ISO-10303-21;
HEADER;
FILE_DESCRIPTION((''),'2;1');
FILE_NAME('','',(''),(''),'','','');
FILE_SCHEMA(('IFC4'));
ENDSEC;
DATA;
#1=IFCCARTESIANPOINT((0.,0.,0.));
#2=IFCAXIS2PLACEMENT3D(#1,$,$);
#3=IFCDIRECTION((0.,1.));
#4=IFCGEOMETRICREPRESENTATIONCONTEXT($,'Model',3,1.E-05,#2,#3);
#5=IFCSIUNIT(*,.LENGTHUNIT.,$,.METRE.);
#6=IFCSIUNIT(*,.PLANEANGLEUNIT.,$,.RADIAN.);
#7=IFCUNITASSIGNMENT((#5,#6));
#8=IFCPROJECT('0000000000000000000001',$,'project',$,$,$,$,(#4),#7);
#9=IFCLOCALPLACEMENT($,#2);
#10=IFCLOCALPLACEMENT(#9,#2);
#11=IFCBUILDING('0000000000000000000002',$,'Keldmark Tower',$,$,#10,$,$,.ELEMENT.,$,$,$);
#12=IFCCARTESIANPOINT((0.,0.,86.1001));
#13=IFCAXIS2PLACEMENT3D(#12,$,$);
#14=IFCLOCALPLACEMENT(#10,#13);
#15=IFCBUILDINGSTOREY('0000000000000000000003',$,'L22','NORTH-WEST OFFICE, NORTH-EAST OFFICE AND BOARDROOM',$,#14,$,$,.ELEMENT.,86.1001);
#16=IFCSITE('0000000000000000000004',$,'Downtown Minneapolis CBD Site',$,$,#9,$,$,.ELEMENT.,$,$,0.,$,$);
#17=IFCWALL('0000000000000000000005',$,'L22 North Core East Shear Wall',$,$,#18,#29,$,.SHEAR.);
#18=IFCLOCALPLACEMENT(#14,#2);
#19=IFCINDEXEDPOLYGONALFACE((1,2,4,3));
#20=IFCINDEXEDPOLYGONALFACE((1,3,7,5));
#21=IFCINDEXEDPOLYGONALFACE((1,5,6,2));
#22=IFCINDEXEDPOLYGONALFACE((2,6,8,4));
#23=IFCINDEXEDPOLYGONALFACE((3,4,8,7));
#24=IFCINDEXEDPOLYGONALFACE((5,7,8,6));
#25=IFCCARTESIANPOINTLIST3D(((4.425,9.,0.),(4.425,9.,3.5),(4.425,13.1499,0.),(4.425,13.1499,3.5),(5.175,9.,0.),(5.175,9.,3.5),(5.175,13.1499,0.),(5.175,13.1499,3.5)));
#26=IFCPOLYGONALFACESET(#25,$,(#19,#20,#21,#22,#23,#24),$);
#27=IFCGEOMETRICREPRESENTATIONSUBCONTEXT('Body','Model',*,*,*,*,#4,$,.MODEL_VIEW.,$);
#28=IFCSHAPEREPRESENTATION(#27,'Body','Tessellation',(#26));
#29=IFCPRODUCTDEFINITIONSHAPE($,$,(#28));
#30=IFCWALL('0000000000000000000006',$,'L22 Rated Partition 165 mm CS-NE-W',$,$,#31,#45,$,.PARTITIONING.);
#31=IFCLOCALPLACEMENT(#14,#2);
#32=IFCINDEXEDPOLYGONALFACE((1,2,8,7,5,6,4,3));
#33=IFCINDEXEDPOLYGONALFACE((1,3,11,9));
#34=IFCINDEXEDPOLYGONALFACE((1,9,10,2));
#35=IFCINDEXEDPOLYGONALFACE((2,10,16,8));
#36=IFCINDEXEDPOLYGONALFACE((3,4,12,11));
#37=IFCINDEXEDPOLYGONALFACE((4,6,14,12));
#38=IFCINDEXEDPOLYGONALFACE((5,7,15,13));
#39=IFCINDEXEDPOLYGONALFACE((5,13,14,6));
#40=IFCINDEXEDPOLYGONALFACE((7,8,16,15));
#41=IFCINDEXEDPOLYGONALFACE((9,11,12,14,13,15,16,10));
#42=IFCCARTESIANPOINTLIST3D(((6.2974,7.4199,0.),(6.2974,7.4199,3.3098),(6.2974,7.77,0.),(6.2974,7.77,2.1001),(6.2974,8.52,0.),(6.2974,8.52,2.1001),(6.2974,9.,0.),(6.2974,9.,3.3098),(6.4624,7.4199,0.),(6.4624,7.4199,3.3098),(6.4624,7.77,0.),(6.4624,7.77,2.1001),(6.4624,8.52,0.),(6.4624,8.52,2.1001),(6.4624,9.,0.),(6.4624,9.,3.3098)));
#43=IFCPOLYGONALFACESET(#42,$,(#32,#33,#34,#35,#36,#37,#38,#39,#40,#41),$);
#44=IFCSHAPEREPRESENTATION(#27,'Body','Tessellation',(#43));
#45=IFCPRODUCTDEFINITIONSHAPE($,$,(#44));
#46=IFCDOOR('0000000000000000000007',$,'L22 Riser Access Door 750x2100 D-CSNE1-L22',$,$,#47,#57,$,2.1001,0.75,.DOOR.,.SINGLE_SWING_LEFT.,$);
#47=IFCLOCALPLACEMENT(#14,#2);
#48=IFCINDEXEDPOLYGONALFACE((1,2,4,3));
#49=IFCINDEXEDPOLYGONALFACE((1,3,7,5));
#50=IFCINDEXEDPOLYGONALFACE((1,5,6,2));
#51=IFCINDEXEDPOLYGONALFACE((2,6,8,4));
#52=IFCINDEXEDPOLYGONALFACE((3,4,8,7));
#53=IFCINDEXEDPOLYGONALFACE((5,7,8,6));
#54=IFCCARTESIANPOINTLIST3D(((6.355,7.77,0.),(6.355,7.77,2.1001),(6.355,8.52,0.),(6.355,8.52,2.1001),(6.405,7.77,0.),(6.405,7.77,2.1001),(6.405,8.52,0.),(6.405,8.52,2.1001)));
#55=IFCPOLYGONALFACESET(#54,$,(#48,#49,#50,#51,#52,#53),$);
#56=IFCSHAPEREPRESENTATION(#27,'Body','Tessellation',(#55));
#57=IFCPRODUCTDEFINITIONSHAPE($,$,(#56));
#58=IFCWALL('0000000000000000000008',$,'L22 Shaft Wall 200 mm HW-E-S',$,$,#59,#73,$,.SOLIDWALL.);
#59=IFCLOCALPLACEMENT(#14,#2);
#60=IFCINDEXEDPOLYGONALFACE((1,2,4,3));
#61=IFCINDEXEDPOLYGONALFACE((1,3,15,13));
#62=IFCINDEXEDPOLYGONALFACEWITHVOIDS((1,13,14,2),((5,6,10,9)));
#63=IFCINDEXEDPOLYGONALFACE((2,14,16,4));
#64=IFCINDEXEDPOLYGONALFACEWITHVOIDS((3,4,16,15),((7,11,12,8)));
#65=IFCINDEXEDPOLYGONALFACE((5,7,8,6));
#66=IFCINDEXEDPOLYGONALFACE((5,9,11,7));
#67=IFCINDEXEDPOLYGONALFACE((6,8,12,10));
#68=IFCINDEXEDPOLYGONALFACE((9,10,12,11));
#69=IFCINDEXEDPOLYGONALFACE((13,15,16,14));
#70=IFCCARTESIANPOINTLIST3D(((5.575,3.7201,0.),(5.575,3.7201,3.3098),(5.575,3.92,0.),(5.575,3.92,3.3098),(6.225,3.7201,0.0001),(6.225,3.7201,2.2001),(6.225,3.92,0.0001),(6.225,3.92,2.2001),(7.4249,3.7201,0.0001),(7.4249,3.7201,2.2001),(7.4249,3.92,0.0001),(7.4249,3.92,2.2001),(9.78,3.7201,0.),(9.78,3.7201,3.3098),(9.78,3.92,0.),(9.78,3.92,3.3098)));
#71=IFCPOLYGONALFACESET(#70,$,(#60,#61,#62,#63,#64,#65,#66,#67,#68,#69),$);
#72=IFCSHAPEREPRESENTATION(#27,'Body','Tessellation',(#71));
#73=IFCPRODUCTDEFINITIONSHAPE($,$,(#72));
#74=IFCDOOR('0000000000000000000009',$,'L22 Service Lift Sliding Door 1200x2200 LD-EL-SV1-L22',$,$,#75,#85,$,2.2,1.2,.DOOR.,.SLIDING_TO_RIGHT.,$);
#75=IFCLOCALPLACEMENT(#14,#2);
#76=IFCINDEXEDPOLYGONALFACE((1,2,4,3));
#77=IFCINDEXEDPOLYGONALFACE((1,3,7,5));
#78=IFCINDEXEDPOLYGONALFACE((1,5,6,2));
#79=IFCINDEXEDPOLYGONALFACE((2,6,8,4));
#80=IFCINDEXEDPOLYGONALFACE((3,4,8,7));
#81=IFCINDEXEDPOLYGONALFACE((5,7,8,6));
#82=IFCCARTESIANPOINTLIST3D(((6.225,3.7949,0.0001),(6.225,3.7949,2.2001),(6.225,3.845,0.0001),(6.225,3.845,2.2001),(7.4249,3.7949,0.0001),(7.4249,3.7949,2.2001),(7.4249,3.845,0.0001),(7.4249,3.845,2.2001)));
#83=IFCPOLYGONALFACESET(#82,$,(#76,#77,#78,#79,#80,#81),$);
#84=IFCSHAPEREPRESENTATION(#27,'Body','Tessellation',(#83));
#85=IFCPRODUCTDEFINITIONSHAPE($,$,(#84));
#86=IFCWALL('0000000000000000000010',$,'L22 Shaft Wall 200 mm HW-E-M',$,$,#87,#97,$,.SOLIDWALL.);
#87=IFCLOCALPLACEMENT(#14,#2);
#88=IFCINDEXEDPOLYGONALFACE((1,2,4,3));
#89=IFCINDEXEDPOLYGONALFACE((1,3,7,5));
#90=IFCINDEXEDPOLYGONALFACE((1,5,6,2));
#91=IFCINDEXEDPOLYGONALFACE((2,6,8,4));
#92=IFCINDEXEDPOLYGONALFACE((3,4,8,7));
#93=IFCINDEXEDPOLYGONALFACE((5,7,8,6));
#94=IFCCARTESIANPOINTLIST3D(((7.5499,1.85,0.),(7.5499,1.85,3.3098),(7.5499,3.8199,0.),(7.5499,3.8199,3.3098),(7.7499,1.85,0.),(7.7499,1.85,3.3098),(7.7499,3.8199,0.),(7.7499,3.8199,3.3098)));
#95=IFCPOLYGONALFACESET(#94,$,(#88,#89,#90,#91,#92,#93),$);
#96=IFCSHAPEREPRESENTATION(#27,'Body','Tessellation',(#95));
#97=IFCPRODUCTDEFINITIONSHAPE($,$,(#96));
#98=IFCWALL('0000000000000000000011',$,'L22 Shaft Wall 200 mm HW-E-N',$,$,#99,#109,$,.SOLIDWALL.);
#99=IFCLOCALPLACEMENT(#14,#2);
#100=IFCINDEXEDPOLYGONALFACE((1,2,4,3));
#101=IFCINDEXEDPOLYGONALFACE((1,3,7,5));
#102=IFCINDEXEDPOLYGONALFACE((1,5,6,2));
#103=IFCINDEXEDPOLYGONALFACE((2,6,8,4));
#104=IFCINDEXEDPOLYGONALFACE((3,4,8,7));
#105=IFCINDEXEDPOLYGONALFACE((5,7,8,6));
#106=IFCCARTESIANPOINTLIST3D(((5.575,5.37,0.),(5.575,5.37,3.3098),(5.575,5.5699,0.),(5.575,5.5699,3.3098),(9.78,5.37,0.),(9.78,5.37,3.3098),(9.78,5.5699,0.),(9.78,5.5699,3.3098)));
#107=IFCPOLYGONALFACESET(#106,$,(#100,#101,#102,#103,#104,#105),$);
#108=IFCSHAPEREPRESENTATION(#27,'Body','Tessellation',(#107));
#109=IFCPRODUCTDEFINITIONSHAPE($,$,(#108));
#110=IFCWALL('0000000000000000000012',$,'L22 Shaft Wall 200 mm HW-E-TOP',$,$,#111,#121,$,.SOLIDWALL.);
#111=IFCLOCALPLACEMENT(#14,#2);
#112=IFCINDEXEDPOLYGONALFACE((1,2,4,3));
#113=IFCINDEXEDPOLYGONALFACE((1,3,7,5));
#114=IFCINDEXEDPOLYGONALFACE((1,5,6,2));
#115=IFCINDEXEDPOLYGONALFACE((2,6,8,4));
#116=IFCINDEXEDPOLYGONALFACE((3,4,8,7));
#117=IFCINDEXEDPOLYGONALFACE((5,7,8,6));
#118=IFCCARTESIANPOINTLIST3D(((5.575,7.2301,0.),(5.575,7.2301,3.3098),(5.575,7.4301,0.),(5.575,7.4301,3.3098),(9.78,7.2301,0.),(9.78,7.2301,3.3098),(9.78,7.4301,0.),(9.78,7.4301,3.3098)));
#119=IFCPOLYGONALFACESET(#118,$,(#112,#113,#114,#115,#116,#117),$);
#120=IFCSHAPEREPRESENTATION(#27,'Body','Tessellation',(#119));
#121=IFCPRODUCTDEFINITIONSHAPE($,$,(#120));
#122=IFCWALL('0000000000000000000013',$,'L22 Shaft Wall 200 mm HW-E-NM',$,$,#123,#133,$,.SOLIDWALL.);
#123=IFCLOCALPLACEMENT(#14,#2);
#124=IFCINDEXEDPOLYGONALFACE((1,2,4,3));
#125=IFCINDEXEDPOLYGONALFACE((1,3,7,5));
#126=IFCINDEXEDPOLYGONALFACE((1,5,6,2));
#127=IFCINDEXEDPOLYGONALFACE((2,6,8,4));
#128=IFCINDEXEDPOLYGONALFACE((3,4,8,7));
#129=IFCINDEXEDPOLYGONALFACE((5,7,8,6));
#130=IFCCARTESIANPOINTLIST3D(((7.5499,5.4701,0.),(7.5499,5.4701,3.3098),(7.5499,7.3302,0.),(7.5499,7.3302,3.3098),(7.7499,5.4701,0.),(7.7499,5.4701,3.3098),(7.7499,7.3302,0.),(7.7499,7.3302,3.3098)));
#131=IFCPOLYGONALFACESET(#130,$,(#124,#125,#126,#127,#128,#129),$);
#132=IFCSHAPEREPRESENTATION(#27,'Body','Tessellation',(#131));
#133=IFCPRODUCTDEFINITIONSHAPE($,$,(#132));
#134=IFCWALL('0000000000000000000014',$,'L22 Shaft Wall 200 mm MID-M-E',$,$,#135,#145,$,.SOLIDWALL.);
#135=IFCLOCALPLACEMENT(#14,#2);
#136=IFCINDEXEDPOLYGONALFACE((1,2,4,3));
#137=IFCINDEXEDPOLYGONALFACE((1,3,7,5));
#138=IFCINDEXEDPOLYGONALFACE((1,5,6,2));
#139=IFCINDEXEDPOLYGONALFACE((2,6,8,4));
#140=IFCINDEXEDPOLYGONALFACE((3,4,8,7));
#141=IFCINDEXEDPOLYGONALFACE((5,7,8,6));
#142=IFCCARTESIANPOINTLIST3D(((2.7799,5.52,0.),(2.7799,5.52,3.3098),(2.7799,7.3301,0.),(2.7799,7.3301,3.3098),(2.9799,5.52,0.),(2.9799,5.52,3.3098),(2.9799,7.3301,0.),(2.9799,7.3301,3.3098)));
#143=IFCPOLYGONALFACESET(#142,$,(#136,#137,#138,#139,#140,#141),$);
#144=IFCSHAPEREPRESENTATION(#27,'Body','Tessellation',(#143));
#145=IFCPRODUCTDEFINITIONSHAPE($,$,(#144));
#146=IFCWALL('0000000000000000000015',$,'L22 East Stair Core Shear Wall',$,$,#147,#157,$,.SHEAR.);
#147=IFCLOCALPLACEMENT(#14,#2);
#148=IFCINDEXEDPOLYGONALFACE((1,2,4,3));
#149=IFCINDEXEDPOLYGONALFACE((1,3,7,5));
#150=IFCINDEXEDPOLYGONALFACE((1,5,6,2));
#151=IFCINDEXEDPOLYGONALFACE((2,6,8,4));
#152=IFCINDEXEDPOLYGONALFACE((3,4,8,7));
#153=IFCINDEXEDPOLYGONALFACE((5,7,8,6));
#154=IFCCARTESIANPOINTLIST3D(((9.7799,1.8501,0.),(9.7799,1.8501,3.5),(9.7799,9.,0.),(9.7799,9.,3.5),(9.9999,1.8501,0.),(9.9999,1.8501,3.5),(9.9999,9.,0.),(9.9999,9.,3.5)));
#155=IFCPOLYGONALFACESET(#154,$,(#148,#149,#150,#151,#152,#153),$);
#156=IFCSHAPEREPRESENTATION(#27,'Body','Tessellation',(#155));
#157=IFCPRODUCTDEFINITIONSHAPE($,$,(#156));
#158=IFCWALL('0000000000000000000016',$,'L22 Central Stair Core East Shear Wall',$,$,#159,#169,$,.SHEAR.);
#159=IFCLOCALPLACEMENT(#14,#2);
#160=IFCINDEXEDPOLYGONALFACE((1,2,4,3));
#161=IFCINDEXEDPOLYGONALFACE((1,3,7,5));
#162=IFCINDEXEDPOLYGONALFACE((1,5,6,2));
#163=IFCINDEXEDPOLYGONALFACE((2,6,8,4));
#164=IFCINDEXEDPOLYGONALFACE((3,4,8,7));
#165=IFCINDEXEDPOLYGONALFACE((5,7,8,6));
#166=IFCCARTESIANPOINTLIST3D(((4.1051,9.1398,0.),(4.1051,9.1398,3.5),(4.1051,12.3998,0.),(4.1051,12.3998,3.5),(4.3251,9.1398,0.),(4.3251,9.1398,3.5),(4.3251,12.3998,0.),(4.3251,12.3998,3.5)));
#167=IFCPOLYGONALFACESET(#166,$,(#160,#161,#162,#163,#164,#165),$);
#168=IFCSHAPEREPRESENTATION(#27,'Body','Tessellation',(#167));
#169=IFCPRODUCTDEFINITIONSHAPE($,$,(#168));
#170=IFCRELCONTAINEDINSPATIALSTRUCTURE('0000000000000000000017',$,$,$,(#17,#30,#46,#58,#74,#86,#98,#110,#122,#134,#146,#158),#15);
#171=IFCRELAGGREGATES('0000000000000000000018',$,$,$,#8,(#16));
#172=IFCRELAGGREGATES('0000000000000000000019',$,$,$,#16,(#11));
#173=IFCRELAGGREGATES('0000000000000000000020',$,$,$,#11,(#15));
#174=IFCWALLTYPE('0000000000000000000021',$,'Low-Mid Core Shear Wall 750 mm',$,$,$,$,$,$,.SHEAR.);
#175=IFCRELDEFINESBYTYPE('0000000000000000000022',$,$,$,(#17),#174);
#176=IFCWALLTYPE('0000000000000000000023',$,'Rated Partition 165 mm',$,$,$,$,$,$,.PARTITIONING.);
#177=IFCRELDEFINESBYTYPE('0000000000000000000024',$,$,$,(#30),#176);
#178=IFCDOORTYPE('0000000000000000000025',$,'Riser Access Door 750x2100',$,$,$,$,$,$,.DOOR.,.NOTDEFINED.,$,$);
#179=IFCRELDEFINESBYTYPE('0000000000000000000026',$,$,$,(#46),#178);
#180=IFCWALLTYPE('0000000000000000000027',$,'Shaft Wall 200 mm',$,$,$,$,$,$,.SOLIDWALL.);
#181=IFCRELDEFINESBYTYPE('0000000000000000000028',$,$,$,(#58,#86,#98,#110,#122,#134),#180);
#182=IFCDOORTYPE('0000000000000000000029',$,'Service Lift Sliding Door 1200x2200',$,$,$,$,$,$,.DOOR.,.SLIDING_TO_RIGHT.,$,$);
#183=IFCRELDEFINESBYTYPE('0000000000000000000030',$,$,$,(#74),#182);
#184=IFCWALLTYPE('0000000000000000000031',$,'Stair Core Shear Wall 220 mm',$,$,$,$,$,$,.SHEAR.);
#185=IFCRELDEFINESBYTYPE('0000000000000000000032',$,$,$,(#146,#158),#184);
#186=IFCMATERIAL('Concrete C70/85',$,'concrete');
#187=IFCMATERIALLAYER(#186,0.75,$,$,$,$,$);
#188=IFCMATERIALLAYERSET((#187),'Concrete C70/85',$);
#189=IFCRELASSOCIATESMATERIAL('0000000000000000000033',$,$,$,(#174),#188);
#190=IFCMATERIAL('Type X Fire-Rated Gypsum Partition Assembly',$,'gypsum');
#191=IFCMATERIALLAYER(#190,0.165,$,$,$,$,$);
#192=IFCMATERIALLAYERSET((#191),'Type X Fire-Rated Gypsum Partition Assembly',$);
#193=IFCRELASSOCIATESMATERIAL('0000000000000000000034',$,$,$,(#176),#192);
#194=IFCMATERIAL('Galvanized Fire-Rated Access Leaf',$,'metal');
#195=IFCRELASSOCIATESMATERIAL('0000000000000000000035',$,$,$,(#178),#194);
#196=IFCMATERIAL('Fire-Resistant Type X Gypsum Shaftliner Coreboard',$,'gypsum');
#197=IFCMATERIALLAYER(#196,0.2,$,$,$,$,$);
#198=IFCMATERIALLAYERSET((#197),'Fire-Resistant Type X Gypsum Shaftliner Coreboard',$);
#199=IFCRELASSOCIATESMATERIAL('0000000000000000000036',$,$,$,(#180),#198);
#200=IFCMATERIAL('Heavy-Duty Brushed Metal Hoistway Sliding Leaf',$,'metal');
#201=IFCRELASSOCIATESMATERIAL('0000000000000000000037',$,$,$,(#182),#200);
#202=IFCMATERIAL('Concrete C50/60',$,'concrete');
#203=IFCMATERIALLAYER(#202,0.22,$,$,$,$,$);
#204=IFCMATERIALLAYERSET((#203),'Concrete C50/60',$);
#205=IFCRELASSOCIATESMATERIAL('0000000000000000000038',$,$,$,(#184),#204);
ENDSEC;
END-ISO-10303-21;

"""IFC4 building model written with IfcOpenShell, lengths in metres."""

from ifc_helpers import new_model, si_unit, direction, frame, frame_2d, origin, place, context, subcontext, project, spatial, rectangle, extrude, material, layer, layer_set, type_object, element, fill, save


model = new_model("IFC4")

# Units and contexts
model_context = context("Model", 3, precision=1e-05, world=origin(), true_north=direction((0.0, 1.0)))
body_context = subcontext(model_context, "Body", "Model", "MODEL_VIEW")
ifc_project = project(units=[si_unit("LENGTHUNIT", "METRE"), si_unit("PLANEANGLEUNIT", "RADIAN")], contexts=[model_context])

# Site, building, storey
site_placement = place(None, origin())
site = spatial("IfcSite", under=ifc_project, at=site_placement, Name="Downtown Minneapolis CBD Site", CompositionType="ELEMENT", RefElevation=0.0)
building_placement = place(site_placement, origin())
building = spatial("IfcBuilding", under=site, at=building_placement, Name="Keldmark Tower", CompositionType="ELEMENT")
storey_placement = place(building_placement, frame((0.0, 0.0, 86.1001)))
storey = spatial("IfcBuildingStorey", under=building, at=storey_placement, Name="L22", Description="NORTH-WEST OFFICE, NORTH-EAST OFFICE AND BOARDROOM", CompositionType="ELEMENT", Elevation=86.1001)

# Wall
ifc_material_1 = material(Name="Concrete C70/85", Category="concrete")
ifc_layer_1 = layer(ifc_material_1, 0.75)
ifc_layer_set_1 = layer_set([ifc_layer_1], Name="Concrete C70/85")
wall_type_1 = type_object("IfcWallType", Name="Low-Mid Core Shear Wall 750 mm", PredefinedType="SHEAR", material=ifc_layer_set_1)
wall_1_placement = place(storey_placement, frame((4.8, 9.0, 0.0), z_axis=(0.0, 0.0, 1.0), x_axis=(0.0, 1.0, 0.0)))
element("IfcWall", 1, at=wall_1_placement, inside=storey, type_object=wall_type_1, Name="L22 North Core East Shear Wall", PredefinedType="SHEAR", context=body_context, shape_type="SweptSolid", body=[
    extrude(rectangle(XDim=4.1499, YDim=0.75, at=frame_2d((2.075, 0.0))), origin(), (0.0, 0.0, 1.0), 3.5),
])

# Walls, openings, doors
ifc_material_2 = material(Name="Type X Fire-Rated Gypsum Partition Assembly", Category="gypsum")
ifc_layer_2 = layer(ifc_material_2, 0.165)
ifc_layer_set_2 = layer_set([ifc_layer_2], Name="Type X Fire-Rated Gypsum Partition Assembly")
wall_type_2 = type_object("IfcWallType", Name="Rated Partition 165 mm", PredefinedType="PARTITIONING", material=ifc_layer_set_2)
wall_2_placement = place(storey_placement, frame((6.3799, 7.4199, 0.0), z_axis=(0.0, 0.0, 1.0), x_axis=(0.0, 1.0, 0.0)))
wall_2 = element("IfcWall", 2, at=wall_2_placement, inside=storey, type_object=wall_type_2, Name="L22 Rated Partition 165 mm CS-NE-W", PredefinedType="PARTITIONING", context=body_context, shape_type="SweptSolid", body=[
    extrude(rectangle(XDim=1.5801, YDim=0.165, at=frame_2d((0.79, 0.0))), origin(), (0.0, 0.0, 1.0), 3.3098),
])
opening_1_placement = place(wall_2_placement, frame((0.3501, 0.0, 0.0)))
opening_1 = element("IfcOpeningElement", 3, at=opening_1_placement, cuts=wall_2, PredefinedType="OPENING", context=body_context, shape_type="SweptSolid", body=[
    extrude(rectangle(XDim=0.75, YDim=2.1001, at=frame_2d((0.375, 1.05))), frame((0.0, 0.0925, 0.0), z_axis=(0.0, -1.0, 0.0), x_axis=(1.0, 0.0, 0.0)), (0.0, 0.0, 1.0), 0.1851),
])
ifc_material_3 = material(Name="Galvanized Fire-Rated Access Leaf", Category="metal")
door_type_1 = type_object("IfcDoorType", Name="Riser Access Door 750x2100", OperationType="NOTDEFINED", PredefinedType="DOOR", material=ifc_material_3)
door_1_placement = place(opening_1_placement, origin())
door_1 = element("IfcDoor", 4, at=door_1_placement, inside=storey, type_object=door_type_1, Name="L22 Riser Access Door 750x2100 D-CSNE1-L22", OperationType="SINGLE_SWING_LEFT", OverallHeight=2.1001, OverallWidth=0.75, PredefinedType="DOOR", context=body_context, shape_type="SweptSolid", body=[
    extrude(rectangle(XDim=0.75, YDim=2.1001, at=frame_2d((0.375, 1.05))), frame((0.0, 0.0249, 0.0), z_axis=(0.0, -1.0, 0.0), x_axis=(1.0, 0.0, 0.0)), (0.0, 0.0, 1.0), 0.05),
])
fill(opening_1, door_1)
ifc_material_4 = material(Name="Fire-Resistant Type X Gypsum Shaftliner Coreboard", Category="gypsum")
ifc_layer_3 = layer(ifc_material_4, 0.2)
ifc_layer_set_3 = layer_set([ifc_layer_3], Name="Fire-Resistant Type X Gypsum Shaftliner Coreboard")
wall_type_3 = type_object("IfcWallType", Name="Shaft Wall 200 mm", PredefinedType="SOLIDWALL", material=ifc_layer_set_3)
wall_3_placement = place(storey_placement, frame((5.575, 3.8201, 0.0), z_axis=(0.0, 0.0, 1.0), x_axis=(1.0, 0.0, 0.0)))
wall_3 = element("IfcWall", 5, at=wall_3_placement, inside=storey, type_object=wall_type_3, Name="L22 Shaft Wall 200 mm HW-E-S", PredefinedType="SOLIDWALL", context=body_context, shape_type="SweptSolid", body=[
    extrude(rectangle(XDim=4.2051, YDim=0.2, at=frame_2d((2.1025, 0.0))), origin(), (0.0, 0.0, 1.0), 3.3098),
])
opening_2_placement = place(wall_3_placement, frame((0.6499, 0.0, 0.0)))
opening_2 = element("IfcOpeningElement", 6, at=opening_2_placement, cuts=wall_3, PredefinedType="OPENING", context=body_context, shape_type="SweptSolid", body=[
    extrude(rectangle(XDim=1.2, YDim=2.2, at=frame_2d((0.6001, 1.1001))), frame((0.0, 0.1099, 0.0), z_axis=(0.0, -1.0, 0.0), x_axis=(1.0, 0.0, 0.0)), (0.0, 0.0, 1.0), 0.22),
])
ifc_material_5 = material(Name="Heavy-Duty Brushed Metal Hoistway Sliding Leaf", Category="metal")
door_type_2 = type_object("IfcDoorType", Name="Service Lift Sliding Door 1200x2200", OperationType="SLIDING_TO_RIGHT", PredefinedType="DOOR", material=ifc_material_5)
door_2_placement = place(opening_2_placement, origin())
door_2 = element("IfcDoor", 7, at=door_2_placement, inside=storey, type_object=door_type_2, Name="L22 Service Lift Sliding Door 1200x2200 LD-EL-SV1-L22", OperationType="SLIDING_TO_RIGHT", OverallHeight=2.2, OverallWidth=1.2, PredefinedType="DOOR", context=body_context, shape_type="SweptSolid", body=[
    extrude(rectangle(XDim=1.2, YDim=2.2, at=frame_2d((0.6001, 1.1001))), frame((0.0, 0.0249, 0.0), z_axis=(0.0, -1.0, 0.0), x_axis=(1.0, 0.0, 0.0)), (0.0, 0.0, 1.0), 0.05),
])
fill(opening_2, door_2)

# Walls
wall_4_placement = place(storey_placement, frame((7.6499, 1.8501, 0.0), z_axis=(0.0, 0.0, 1.0), x_axis=(0.0, 1.0, 0.0)))
element("IfcWall", 8, at=wall_4_placement, inside=storey, type_object=wall_type_3, Name="L22 Shaft Wall 200 mm HW-E-M", PredefinedType="SOLIDWALL", context=body_context, shape_type="SweptSolid", body=[
    extrude(rectangle(XDim=1.97, YDim=0.2, at=frame_2d((0.9849, 0.0))), origin(), (0.0, 0.0, 1.0), 3.3098),
])
for number, where, z_axis, x_axis, name in (
    (9, (5.575, 5.47, 0.0), (0.0, 0.0, 1.0), (1.0, 0.0, 0.0), "L22 Shaft Wall 200 mm HW-E-N"),
    (10, (5.575, 7.3301, 0.0), (0.0, 0.0, 1.0), (1.0, 0.0, 0.0), "L22 Shaft Wall 200 mm HW-E-TOP"),
):
    element("IfcWall", number, at=place(storey_placement, frame(where, z_axis=z_axis, x_axis=x_axis)), inside=storey, type_object=wall_type_3, Name=name, PredefinedType="SOLIDWALL", context=body_context, shape_type="SweptSolid", body=[
        extrude(rectangle(XDim=4.2051, YDim=0.2, at=frame_2d((2.1025, 0.0))), origin(), (0.0, 0.0, 1.0), 3.3098),
    ])
wall_5_placement = place(storey_placement, frame((7.6499, 5.47, 0.0), z_axis=(0.0, 0.0, 1.0), x_axis=(0.0, 1.0, 0.0)))
element("IfcWall", 11, at=wall_5_placement, inside=storey, type_object=wall_type_3, Name="L22 Shaft Wall 200 mm HW-E-NM", PredefinedType="SOLIDWALL", context=body_context, shape_type="SweptSolid", body=[
    extrude(rectangle(XDim=1.8601, YDim=0.2, at=frame_2d((0.9302, 0.0))), origin(), (0.0, 0.0, 1.0), 3.3098),
])
wall_6_placement = place(storey_placement, frame((2.8799, 5.52, 0.0), z_axis=(0.0, 0.0, 1.0), x_axis=(0.0, 1.0, 0.0)))
element("IfcWall", 12, at=wall_6_placement, inside=storey, type_object=wall_type_3, Name="L22 Shaft Wall 200 mm MID-M-E", PredefinedType="SOLIDWALL", context=body_context, shape_type="SweptSolid", body=[
    extrude(rectangle(XDim=1.8101, YDim=0.2, at=frame_2d((0.905, 0.0))), origin(), (0.0, 0.0, 1.0), 3.3098),
])
ifc_material_6 = material(Name="Concrete C50/60", Category="concrete")
ifc_layer_4 = layer(ifc_material_6, 0.22)
ifc_layer_set_4 = layer_set([ifc_layer_4], Name="Concrete C50/60")
wall_type_4 = type_object("IfcWallType", Name="Stair Core Shear Wall 220 mm", PredefinedType="SHEAR", material=ifc_layer_set_4)
wall_7_placement = place(storey_placement, frame((9.8899, 1.8501, 0.0), z_axis=(0.0, 0.0, 1.0), x_axis=(0.0, 1.0, 0.0)))
element("IfcWall", 13, at=wall_7_placement, inside=storey, type_object=wall_type_4, Name="L22 East Stair Core Shear Wall", PredefinedType="SHEAR", context=body_context, shape_type="SweptSolid", body=[
    extrude(rectangle(XDim=7.1499, YDim=0.22, at=frame_2d((3.575, 0.0))), origin(), (0.0, 0.0, 1.0), 3.5),
])
wall_8_placement = place(storey_placement, frame((4.2151, 9.1399, 0.0), z_axis=(0.0, 0.0, 1.0), x_axis=(0.0, 1.0, 0.0)))
element("IfcWall", 14, at=wall_8_placement, inside=storey, type_object=wall_type_4, Name="L22 Central Stair Core East Shear Wall", PredefinedType="SHEAR", context=body_context, shape_type="SweptSolid", body=[
    extrude(rectangle(XDim=3.26, YDim=0.22, at=frame_2d((1.6299, 0.0))), origin(), (0.0, 0.0, 1.0), 3.5),
])

save(model, "model.ifc")
